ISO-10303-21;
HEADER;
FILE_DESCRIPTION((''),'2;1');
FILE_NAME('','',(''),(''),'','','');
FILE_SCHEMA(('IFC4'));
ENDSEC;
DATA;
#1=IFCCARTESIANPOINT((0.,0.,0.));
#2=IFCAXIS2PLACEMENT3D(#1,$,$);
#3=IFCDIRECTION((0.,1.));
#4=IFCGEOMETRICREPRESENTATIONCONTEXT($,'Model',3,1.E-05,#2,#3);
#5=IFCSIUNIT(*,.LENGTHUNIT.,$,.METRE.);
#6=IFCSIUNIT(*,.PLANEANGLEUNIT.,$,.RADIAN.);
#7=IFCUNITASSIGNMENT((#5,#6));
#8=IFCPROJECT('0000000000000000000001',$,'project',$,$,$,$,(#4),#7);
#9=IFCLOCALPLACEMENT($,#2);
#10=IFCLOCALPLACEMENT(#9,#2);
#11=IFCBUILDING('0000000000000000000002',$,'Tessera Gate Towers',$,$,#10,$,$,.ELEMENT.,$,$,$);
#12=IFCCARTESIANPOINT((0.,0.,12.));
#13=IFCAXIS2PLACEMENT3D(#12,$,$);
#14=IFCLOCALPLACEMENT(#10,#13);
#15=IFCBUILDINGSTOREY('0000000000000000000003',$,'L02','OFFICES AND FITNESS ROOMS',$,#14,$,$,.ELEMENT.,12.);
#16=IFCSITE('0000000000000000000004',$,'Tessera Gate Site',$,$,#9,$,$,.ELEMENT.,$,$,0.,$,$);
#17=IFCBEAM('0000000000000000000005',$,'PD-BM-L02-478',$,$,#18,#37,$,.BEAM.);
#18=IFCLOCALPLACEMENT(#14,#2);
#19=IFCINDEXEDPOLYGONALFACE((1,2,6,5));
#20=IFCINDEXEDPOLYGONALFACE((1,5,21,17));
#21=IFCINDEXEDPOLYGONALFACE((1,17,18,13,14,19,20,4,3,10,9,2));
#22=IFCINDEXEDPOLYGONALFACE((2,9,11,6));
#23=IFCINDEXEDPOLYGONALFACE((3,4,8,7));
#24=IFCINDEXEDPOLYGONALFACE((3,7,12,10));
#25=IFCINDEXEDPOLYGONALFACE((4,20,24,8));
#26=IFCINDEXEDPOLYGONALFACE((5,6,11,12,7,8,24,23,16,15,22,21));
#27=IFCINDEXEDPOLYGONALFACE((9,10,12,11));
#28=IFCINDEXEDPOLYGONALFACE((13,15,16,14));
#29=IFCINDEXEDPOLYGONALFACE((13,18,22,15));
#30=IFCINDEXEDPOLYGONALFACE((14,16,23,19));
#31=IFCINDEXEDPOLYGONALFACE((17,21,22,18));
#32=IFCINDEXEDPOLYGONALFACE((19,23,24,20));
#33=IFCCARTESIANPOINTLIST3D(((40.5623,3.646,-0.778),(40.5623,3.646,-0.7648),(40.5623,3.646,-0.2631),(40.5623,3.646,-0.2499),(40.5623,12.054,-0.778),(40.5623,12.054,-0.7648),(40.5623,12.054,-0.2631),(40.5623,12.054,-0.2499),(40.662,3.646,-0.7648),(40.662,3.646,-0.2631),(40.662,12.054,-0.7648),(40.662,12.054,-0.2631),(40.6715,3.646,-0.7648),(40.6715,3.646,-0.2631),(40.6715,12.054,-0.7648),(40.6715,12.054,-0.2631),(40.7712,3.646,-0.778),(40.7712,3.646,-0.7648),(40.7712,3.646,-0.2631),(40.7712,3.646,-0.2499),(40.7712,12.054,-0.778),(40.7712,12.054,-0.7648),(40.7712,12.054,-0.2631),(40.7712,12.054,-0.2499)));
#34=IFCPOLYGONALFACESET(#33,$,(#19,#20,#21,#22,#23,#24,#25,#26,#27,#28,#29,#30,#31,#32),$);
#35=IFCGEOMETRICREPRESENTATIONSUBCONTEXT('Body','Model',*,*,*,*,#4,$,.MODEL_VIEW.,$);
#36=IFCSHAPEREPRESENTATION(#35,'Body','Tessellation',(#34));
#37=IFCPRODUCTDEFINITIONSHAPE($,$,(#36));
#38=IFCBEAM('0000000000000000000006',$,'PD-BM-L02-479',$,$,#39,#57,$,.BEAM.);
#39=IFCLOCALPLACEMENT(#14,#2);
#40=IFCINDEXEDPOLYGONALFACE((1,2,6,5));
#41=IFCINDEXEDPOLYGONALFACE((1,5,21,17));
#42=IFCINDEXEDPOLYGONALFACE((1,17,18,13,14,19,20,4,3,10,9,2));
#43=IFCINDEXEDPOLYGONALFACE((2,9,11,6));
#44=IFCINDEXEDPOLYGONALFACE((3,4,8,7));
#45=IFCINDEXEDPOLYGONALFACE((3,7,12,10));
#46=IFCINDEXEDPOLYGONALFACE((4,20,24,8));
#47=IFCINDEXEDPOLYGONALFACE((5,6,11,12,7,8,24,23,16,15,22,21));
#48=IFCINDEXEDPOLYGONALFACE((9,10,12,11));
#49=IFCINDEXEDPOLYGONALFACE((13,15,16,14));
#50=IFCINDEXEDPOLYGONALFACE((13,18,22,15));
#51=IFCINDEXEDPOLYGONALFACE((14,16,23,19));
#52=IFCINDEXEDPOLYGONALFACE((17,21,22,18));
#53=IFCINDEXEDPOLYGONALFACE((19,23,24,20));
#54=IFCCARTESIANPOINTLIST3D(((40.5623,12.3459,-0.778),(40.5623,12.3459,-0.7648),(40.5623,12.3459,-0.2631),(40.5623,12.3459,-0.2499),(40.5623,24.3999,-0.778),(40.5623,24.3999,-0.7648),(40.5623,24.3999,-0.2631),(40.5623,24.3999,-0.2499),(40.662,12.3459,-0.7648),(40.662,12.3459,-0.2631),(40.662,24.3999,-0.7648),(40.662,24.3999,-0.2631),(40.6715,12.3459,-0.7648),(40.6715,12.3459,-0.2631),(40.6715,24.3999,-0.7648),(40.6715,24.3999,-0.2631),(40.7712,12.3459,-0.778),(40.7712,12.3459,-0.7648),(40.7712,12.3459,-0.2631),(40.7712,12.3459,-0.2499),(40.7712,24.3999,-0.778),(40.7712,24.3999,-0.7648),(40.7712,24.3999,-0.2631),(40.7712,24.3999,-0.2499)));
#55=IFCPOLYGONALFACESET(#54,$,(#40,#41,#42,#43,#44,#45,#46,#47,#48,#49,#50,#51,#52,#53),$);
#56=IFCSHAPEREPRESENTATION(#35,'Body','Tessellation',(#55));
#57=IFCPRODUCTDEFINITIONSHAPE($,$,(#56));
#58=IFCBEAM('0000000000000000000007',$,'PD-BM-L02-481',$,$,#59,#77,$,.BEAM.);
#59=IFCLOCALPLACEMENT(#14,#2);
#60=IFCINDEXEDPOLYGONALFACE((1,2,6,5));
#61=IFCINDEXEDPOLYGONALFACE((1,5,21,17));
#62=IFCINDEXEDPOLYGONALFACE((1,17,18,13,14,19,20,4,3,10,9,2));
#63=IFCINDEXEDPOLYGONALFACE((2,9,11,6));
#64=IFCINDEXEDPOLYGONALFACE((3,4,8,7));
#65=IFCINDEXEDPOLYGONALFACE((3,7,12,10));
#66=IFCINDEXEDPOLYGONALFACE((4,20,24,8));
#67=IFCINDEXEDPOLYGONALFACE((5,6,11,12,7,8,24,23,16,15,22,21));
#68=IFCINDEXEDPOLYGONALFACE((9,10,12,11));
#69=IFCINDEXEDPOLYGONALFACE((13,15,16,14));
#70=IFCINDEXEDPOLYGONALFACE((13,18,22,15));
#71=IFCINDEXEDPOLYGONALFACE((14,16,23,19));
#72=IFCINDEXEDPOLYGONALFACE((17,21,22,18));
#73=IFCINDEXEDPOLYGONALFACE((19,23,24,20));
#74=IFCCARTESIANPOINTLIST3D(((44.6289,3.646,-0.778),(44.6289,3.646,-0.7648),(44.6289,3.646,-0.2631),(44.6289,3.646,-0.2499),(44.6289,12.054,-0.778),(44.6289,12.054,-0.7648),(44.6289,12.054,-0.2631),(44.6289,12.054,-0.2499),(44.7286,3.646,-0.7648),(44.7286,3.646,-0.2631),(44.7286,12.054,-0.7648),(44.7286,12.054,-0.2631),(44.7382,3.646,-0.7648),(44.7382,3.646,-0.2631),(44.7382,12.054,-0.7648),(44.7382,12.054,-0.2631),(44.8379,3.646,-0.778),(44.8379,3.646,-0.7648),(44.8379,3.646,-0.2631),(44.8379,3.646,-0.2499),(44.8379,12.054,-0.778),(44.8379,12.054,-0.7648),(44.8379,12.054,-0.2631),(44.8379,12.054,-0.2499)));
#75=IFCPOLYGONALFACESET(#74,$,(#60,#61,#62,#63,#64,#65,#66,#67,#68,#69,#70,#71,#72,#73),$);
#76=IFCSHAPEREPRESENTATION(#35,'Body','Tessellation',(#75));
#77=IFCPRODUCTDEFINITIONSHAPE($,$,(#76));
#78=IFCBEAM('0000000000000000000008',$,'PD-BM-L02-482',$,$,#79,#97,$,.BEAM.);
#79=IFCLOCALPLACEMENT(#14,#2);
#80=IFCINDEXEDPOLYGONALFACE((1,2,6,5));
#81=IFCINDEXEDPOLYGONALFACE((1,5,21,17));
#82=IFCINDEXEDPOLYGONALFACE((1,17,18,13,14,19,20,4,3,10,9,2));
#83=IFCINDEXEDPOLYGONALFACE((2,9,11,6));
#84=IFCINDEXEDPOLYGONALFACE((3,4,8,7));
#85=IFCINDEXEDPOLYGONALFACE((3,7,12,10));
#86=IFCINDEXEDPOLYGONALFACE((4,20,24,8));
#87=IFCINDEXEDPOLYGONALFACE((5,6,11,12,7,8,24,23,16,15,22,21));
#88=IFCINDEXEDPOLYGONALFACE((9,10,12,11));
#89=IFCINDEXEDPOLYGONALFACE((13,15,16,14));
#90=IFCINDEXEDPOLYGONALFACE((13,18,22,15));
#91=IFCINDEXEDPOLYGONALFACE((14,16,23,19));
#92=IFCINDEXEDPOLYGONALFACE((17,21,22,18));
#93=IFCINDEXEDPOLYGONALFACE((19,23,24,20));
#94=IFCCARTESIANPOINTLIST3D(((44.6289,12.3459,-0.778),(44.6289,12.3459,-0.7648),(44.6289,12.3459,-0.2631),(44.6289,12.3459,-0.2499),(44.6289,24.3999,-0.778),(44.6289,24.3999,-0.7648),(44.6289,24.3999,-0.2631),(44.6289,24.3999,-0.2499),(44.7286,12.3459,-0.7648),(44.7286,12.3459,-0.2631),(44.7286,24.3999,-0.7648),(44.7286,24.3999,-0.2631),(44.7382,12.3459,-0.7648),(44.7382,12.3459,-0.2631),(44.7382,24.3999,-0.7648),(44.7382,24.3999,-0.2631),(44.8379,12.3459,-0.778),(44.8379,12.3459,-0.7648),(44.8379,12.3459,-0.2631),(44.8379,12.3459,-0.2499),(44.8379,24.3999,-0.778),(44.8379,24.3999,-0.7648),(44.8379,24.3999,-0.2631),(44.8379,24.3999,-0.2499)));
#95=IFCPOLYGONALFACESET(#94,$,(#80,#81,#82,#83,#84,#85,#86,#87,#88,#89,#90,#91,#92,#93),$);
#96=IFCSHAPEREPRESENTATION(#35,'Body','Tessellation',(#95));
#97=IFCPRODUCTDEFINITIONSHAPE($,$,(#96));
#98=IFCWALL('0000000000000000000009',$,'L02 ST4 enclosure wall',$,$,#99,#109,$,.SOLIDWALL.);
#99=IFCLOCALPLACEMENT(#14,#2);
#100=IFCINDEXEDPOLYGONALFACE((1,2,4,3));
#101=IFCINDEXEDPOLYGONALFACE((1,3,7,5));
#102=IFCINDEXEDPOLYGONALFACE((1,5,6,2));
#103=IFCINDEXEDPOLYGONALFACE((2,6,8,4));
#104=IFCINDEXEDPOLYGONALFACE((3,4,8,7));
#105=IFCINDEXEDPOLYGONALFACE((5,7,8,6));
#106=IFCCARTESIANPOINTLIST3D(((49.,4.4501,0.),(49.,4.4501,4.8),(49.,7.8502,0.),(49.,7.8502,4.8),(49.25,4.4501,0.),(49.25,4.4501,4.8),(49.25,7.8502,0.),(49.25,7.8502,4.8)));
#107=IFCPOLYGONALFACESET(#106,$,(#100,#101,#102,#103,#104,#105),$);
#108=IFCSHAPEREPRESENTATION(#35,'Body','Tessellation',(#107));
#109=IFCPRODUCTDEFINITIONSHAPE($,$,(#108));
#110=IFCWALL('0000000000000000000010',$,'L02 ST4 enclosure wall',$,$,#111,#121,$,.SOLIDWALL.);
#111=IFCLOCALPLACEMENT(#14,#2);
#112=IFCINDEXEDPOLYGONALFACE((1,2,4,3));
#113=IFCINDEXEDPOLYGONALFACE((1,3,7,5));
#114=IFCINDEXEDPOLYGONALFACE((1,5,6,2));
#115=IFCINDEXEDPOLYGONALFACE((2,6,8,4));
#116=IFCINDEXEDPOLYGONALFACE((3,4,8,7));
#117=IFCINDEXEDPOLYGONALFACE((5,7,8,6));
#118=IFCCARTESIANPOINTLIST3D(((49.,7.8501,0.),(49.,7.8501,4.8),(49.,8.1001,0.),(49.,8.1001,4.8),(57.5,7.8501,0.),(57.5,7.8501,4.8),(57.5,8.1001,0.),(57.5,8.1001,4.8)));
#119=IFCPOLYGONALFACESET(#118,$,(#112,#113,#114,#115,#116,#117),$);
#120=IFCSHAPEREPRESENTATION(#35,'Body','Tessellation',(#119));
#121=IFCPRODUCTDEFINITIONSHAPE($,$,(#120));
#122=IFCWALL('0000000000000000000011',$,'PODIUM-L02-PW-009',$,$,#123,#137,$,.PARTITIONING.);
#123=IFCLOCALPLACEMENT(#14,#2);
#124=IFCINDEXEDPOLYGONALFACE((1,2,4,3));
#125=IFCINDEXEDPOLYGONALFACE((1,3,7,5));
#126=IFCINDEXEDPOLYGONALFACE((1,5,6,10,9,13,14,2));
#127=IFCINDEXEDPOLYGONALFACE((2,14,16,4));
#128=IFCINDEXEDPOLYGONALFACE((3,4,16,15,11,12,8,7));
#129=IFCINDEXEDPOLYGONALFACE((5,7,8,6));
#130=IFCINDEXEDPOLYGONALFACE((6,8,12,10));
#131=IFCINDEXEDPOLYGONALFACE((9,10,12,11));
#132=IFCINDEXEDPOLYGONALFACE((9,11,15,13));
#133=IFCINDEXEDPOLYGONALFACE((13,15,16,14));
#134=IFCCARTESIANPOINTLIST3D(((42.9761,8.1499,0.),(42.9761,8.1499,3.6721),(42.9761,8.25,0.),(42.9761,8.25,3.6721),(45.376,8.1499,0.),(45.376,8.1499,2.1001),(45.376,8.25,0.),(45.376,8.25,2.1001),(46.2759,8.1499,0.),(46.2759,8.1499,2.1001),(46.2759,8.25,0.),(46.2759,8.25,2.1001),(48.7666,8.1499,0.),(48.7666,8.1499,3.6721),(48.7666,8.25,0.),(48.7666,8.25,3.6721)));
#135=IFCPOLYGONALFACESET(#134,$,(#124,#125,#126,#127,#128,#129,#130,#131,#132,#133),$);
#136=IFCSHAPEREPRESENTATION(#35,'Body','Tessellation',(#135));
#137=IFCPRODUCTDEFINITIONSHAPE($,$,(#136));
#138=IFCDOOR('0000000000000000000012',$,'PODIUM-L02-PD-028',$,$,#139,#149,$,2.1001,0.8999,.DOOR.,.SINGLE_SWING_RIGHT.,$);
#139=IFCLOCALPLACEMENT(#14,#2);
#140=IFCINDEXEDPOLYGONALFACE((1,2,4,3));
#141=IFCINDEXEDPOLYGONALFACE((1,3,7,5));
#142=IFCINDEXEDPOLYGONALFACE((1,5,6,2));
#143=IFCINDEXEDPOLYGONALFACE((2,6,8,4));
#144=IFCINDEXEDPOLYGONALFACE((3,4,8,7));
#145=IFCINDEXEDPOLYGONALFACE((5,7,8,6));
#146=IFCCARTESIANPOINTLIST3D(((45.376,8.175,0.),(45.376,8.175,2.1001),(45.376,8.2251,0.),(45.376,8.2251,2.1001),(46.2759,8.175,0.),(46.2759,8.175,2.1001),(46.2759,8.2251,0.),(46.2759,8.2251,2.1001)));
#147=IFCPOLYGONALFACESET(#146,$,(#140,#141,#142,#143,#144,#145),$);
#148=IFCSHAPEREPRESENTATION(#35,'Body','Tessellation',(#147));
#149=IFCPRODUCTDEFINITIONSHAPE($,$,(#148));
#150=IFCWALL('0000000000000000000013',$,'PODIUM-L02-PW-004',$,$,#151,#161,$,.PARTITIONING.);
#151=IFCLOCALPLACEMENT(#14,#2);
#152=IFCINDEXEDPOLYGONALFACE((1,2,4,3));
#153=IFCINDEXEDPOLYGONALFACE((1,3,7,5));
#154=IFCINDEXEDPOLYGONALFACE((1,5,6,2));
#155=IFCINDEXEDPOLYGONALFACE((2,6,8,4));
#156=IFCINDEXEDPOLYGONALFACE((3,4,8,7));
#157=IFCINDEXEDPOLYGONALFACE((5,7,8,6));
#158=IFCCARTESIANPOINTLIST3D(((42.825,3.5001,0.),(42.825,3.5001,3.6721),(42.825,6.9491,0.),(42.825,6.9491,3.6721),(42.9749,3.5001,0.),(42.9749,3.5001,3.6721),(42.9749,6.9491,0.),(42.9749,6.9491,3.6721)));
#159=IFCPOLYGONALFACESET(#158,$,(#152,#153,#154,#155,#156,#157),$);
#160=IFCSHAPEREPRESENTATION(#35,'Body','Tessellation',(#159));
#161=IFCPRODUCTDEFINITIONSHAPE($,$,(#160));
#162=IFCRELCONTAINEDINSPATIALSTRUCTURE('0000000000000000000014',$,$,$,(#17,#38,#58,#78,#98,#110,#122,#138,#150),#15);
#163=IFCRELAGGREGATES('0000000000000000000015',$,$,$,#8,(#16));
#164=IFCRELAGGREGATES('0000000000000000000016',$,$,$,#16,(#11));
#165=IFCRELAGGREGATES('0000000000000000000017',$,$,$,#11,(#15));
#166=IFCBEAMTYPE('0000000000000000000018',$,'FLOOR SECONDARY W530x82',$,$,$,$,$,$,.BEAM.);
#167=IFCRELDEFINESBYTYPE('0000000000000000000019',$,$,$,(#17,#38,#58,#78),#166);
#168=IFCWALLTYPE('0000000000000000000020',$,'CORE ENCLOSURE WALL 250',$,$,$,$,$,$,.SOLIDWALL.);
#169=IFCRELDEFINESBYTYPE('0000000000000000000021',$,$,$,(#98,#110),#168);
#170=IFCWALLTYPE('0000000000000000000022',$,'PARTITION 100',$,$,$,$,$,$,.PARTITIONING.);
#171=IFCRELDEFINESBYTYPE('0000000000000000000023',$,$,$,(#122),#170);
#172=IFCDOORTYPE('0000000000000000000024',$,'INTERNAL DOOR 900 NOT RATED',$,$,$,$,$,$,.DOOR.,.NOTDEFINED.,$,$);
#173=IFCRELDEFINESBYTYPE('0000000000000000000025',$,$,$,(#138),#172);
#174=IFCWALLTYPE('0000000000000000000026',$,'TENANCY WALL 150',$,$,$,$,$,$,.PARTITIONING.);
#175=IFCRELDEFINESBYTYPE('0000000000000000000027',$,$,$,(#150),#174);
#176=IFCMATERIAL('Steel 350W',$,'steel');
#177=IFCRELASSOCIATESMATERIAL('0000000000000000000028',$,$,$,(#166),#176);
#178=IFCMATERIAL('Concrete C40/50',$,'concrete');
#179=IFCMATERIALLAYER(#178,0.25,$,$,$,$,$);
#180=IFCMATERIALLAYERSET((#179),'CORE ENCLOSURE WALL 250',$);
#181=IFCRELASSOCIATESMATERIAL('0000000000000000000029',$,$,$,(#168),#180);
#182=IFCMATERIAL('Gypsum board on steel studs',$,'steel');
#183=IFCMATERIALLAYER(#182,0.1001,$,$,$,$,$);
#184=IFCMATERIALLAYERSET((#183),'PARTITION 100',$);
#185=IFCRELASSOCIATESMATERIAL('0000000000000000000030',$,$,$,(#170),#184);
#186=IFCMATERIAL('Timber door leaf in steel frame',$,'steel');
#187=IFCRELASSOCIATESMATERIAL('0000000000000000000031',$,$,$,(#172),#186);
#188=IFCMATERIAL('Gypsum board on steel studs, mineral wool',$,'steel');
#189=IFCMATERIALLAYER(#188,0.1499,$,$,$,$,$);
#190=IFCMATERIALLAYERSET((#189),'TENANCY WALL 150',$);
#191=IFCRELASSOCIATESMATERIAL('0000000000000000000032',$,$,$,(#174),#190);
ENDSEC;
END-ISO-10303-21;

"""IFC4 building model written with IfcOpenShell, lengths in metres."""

from ifc_helpers import new_model, si_unit, direction, frame, frame_2d, origin, origin_2d, place, context, subcontext, project, spatial, rectangle, i_section, extrude, source, transform, mapped, material, layer, layer_set, material_profile, profile_set, type_object, element, fill, save


model = new_model("IFC4")

# Units and contexts
model_context = context("Model", 3, precision=1e-05, world=origin(), true_north=direction((0.0, 1.0)))
body_context = subcontext(model_context, "Body", "Model", "MODEL_VIEW")
ifc_project = project(units=[si_unit("LENGTHUNIT", "METRE"), si_unit("PLANEANGLEUNIT", "RADIAN")], contexts=[model_context])

# Site, building, storey
site_placement = place(None, origin())
site = spatial("IfcSite", under=ifc_project, at=site_placement, Name="Tessera Gate Site", CompositionType="ELEMENT", RefElevation=0.0)
building_placement = place(site_placement, origin())
building = spatial("IfcBuilding", under=site, at=building_placement, Name="Tessera Gate Towers", CompositionType="ELEMENT")
storey_placement = place(building_placement, frame((0.0, 0.0, 12.0)))
storey = spatial("IfcBuildingStorey", under=building, at=storey_placement, Name="L02", Description="OFFICES AND FITNESS ROOMS", CompositionType="ELEMENT", Elevation=12.0)

# Beams
ifc_material_1 = material(Name="Steel 350W", Category="steel")
ifc_material_profile_1 = material_profile(ifc_material_1, i_section(OverallWidth=0.209, OverallDepth=0.5281, WebThickness=0.0095, FlangeThickness=0.0132, at=origin_2d()), Name="W530x82")
ifc_profile_set_1 = profile_set([ifc_material_profile_1], Name="Steel 350W")
beam_type_1 = type_object("IfcBeamType", Name="FLOOR SECONDARY W530x82", PredefinedType="BEAM", material=ifc_profile_set_1)
beam_1_placement = place(storey_placement, frame((40.6667, 3.646, -0.5139), z_axis=(0.0, 1.0, 0.0), x_axis=(-1.0, 0.0, 0.0)))
element("IfcBeam", 1, at=beam_1_placement, inside=storey, type_object=beam_type_1, Name="PD-BM-L02-478", PredefinedType="BEAM", context=body_context, shape_type="SweptSolid", body=[
    extrude(i_section(OverallWidth=0.209, OverallDepth=0.5281, WebThickness=0.0095, FlangeThickness=0.0132, at=origin_2d()), origin(), (0.0, 0.0, 1.0), 8.408),
])
beam_2_placement = place(storey_placement, frame((40.6667, 12.3459, -0.5139), z_axis=(0.0, 1.0, 0.0), x_axis=(-1.0, 0.0, 0.0)))
element("IfcBeam", 2, at=beam_2_placement, inside=storey, type_object=beam_type_1, Name="PD-BM-L02-479", PredefinedType="BEAM", context=body_context, shape_type="SweptSolid", body=[
    extrude(i_section(OverallWidth=0.209, OverallDepth=0.5281, WebThickness=0.0095, FlangeThickness=0.0132, at=origin_2d()), origin(), (0.0, 0.0, 1.0), 12.054),
])
beam_3_placement = place(storey_placement, frame((44.7334, 3.646, -0.5139), z_axis=(0.0, 1.0, 0.0), x_axis=(-1.0, 0.0, 0.0)))
element("IfcBeam", 3, at=beam_3_placement, inside=storey, type_object=beam_type_1, Name="PD-BM-L02-481", PredefinedType="BEAM", context=body_context, shape_type="SweptSolid", body=[
    extrude(i_section(OverallWidth=0.209, OverallDepth=0.5281, WebThickness=0.0095, FlangeThickness=0.0132, at=origin_2d()), origin(), (0.0, 0.0, 1.0), 8.408),
])
beam_4_placement = place(storey_placement, frame((44.7334, 12.3459, -0.5139), z_axis=(0.0, 1.0, 0.0), x_axis=(-1.0, 0.0, 0.0)))
element("IfcBeam", 4, at=beam_4_placement, inside=storey, type_object=beam_type_1, Name="PD-BM-L02-482", PredefinedType="BEAM", context=body_context, shape_type="SweptSolid", body=[
    extrude(i_section(OverallWidth=0.209, OverallDepth=0.5281, WebThickness=0.0095, FlangeThickness=0.0132, at=origin_2d()), origin(), (0.0, 0.0, 1.0), 12.054),
])

# Walls
ifc_material_2 = material(Name="Concrete C40/50", Category="concrete")
ifc_layer_1 = layer(ifc_material_2, 0.25)
ifc_layer_set_1 = layer_set([ifc_layer_1], Name="CORE ENCLOSURE WALL 250")
wall_type_1 = type_object("IfcWallType", Name="CORE ENCLOSURE WALL 250", PredefinedType="SOLIDWALL", material=ifc_layer_set_1)
wall_1_placement = place(storey_placement, frame((49.125, 4.45, 0.0), z_axis=(0.0, 0.0, 1.0), x_axis=(0.0, 1.0, 0.0)))
element("IfcWall", 5, at=wall_1_placement, inside=storey, type_object=wall_type_1, Name="L02 ST4 enclosure wall", PredefinedType="SOLIDWALL", context=body_context, shape_type="SweptSolid", body=[
    extrude(rectangle(XDim=3.4001, YDim=0.25, at=frame_2d((1.7002, 0.0))), origin(), (0.0, 0.0, 1.0), 4.8),
])
wall_2_placement = place(storey_placement, frame((49.0, 7.9751, 0.0), z_axis=(0.0, 0.0, 1.0), x_axis=(1.0, 0.0, 0.0)))
element("IfcWall", 6, at=wall_2_placement, inside=storey, type_object=wall_type_1, Name="L02 ST4 enclosure wall", PredefinedType="SOLIDWALL", context=body_context, shape_type="SweptSolid", body=[
    extrude(rectangle(XDim=8.5, YDim=0.25, at=frame_2d((4.25, 0.0))), origin(), (0.0, 0.0, 1.0), 4.8),
])

# Wall, opening, door
ifc_material_3 = material(Name="Gypsum board on steel studs", Category="steel")
ifc_layer_2 = layer(ifc_material_3, 0.1001)
ifc_layer_set_2 = layer_set([ifc_layer_2], Name="PARTITION 100")
wall_type_2 = type_object("IfcWallType", Name="PARTITION 100", PredefinedType="PARTITIONING", material=ifc_layer_set_2)
wall_3_placement = place(storey_placement, frame((48.7666, 8.2, 0.0), z_axis=(0.0, 0.0, 1.0), x_axis=(-1.0, 0.0, 0.0)))
wall_3 = element("IfcWall", 7, at=wall_3_placement, inside=storey, type_object=wall_type_2, Name="PODIUM-L02-PW-009", PredefinedType="PARTITIONING", context=body_context, shape_type="SweptSolid", body=[
    extrude(rectangle(XDim=5.7905, YDim=0.1001, at=frame_2d((2.8953, 0.0))), origin(), (0.0, 0.0, 1.0), 3.6721),
])
shared_shape_1 = source(origin(), body_context, "Body", "SweptSolid", [
    extrude(rectangle(XDim=0.8999, YDim=2.1001, at=frame_2d((0.45, 1.05))), frame((0.0, 0.0601, 0.0), z_axis=(0.0, -1.0, 0.0), x_axis=(1.0, 0.0, 0.0)), (0.0, 0.0, 1.0), 0.1201),
])
opening_1_placement = place(wall_3_placement, frame((2.4907, 0.0, 0.0)))
opening_1 = element("IfcOpeningElement", 8, at=opening_1_placement, cuts=wall_3, PredefinedType="OPENING", context=body_context, shape_type="MappedRepresentation", body=[
    mapped(shared_shape_1, transform((0.0, 0.0, 0.0), scale=1.0)),
])
ifc_material_4 = material(Name="Timber door leaf in steel frame", Category="steel")
door_type_1 = type_object("IfcDoorType", Name="INTERNAL DOOR 900 NOT RATED", OperationType="NOTDEFINED", PredefinedType="DOOR", material=ifc_material_4)
shared_shape_2 = source(origin(), body_context, "Body", "SweptSolid", [
    extrude(rectangle(XDim=0.8999, YDim=2.1001, at=frame_2d((0.45, 1.05))), frame((0.0, 0.0249, 0.0), z_axis=(0.0, -1.0, 0.0), x_axis=(1.0, 0.0, 0.0)), (0.0, 0.0, 1.0), 0.05),
])
door_1_placement = place(opening_1_placement, origin())
door_1 = element("IfcDoor", 9, at=door_1_placement, inside=storey, type_object=door_type_1, Name="PODIUM-L02-PD-028", OperationType="SINGLE_SWING_RIGHT", OverallHeight=2.1001, OverallWidth=0.8999, PredefinedType="DOOR", context=body_context, shape_type="MappedRepresentation", body=[
    mapped(shared_shape_2, transform((0.0, 0.0, 0.0), scale=1.0)),
])
fill(opening_1, door_1)

# Wall
ifc_material_5 = material(Name="Gypsum board on steel studs, mineral wool", Category="steel")
ifc_layer_3 = layer(ifc_material_5, 0.1499)
ifc_layer_set_3 = layer_set([ifc_layer_3], Name="TENANCY WALL 150")
wall_type_3 = type_object("IfcWallType", Name="TENANCY WALL 150", PredefinedType="PARTITIONING", material=ifc_layer_set_3)
wall_4_placement = place(storey_placement, frame((42.8999, 3.5, 0.0), z_axis=(0.0, 0.0, 1.0), x_axis=(0.0, 1.0, 0.0)))
element("IfcWall", 10, at=wall_4_placement, inside=storey, type_object=wall_type_3, Name="PODIUM-L02-PW-004", PredefinedType="PARTITIONING", context=body_context, shape_type="SweptSolid", body=[
    extrude(rectangle(XDim=3.449, YDim=0.1499, at=frame_2d((1.7246, 0.0))), origin(), (0.0, 0.0, 1.0), 3.6721),
])

save(model, "model.ifc")
